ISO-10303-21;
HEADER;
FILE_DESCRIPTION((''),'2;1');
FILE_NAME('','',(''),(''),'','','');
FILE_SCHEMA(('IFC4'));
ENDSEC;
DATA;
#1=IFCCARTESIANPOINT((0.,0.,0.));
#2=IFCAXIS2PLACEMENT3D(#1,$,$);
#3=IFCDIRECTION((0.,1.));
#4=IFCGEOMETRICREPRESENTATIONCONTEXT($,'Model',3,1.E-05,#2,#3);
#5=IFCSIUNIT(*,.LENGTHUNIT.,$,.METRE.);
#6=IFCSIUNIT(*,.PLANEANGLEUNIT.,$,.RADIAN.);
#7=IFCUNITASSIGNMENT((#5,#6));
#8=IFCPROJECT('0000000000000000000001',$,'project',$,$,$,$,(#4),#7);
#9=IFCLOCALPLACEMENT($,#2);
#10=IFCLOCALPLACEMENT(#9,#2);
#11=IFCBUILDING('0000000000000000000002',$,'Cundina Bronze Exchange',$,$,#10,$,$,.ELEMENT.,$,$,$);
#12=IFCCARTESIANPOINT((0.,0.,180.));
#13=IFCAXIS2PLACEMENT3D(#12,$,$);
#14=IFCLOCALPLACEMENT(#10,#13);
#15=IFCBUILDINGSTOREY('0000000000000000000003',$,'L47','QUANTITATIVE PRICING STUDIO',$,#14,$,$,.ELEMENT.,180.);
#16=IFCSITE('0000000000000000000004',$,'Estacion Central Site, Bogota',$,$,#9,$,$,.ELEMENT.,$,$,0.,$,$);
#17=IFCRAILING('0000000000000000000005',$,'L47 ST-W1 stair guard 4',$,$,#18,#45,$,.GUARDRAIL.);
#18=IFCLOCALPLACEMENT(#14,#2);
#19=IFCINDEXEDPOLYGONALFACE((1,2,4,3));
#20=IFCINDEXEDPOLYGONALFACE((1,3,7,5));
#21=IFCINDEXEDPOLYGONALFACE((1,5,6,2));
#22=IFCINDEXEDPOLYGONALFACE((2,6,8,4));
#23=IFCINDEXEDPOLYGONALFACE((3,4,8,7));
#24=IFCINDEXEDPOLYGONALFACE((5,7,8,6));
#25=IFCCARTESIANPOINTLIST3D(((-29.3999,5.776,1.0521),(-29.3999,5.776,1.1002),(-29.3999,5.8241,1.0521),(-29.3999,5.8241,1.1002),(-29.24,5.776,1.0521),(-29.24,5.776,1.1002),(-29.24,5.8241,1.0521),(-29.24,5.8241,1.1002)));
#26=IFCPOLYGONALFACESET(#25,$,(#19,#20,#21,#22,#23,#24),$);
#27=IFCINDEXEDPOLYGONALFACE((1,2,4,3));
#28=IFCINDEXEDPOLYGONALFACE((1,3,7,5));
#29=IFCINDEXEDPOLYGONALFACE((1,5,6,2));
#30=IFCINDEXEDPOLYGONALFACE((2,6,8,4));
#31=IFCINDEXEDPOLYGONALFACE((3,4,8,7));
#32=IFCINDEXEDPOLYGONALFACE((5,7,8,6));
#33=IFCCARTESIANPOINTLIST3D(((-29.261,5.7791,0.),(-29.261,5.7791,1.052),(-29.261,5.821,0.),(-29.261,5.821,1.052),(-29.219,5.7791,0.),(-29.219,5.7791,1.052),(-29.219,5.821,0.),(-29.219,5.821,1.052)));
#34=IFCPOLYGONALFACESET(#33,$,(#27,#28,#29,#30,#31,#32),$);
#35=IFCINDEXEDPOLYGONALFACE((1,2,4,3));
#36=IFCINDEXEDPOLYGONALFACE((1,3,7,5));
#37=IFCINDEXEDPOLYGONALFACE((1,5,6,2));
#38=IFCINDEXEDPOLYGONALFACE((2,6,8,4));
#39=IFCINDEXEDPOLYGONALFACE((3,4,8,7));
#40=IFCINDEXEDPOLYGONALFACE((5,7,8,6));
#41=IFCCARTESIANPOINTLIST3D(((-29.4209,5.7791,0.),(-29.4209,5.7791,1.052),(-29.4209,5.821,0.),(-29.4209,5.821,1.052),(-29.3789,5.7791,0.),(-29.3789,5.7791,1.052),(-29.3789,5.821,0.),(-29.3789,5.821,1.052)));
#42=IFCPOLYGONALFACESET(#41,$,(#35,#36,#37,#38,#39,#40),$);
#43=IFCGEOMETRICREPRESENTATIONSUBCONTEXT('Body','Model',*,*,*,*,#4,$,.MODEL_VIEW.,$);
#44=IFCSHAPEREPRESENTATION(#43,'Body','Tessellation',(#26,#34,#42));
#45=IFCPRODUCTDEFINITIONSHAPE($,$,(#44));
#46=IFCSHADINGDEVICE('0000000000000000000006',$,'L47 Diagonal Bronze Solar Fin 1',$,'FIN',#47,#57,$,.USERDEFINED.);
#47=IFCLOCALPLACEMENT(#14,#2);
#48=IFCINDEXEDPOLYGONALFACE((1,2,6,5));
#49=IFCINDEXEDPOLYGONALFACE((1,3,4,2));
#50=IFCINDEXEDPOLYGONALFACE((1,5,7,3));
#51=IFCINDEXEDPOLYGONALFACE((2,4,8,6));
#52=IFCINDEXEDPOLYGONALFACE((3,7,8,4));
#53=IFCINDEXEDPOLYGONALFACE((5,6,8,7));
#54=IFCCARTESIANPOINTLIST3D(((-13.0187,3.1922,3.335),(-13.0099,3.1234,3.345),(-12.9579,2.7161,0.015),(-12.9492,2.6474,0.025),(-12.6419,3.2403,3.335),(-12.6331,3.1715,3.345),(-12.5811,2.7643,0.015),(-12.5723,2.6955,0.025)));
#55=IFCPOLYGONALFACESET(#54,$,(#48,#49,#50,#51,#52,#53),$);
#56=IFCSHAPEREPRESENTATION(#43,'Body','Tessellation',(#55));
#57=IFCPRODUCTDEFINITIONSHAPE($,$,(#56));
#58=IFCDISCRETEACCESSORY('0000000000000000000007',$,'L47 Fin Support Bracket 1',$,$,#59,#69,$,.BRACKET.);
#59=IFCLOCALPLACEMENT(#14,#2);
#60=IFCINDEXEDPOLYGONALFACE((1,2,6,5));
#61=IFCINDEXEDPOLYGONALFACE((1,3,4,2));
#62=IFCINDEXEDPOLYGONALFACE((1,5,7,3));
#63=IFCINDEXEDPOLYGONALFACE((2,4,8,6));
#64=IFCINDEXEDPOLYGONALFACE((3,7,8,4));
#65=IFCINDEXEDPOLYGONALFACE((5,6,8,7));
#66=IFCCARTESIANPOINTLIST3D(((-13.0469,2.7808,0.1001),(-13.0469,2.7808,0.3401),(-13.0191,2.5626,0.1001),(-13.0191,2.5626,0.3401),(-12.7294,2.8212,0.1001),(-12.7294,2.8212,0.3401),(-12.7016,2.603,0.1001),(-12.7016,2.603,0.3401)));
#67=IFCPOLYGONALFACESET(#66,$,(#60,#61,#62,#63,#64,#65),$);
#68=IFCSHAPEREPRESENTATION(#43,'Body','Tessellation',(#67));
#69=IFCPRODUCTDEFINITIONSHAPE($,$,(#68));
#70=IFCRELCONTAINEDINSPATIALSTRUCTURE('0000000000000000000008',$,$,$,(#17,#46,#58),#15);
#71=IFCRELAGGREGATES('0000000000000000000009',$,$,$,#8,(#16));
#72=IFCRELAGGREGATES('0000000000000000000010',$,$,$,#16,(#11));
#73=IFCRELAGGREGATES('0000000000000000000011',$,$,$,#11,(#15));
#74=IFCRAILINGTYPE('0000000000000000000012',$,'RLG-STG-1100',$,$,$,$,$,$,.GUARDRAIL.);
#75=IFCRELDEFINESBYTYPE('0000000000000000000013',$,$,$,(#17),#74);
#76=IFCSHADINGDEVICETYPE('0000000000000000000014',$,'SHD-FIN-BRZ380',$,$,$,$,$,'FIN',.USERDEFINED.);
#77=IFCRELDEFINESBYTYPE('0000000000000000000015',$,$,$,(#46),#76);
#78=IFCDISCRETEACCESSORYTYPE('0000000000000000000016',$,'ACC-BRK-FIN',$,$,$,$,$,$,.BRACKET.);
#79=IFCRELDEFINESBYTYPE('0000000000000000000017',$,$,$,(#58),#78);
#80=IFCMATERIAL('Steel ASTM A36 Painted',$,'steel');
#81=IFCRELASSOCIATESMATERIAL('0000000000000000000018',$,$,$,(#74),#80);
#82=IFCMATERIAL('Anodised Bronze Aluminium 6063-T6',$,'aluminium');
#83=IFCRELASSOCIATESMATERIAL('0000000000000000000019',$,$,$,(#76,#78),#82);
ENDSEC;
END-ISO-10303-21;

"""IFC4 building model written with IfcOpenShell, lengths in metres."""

from ifc_helpers import new_model, si_unit, direction, frame, origin, origin_2d, place, context, subcontext, project, spatial, rectangle, extrude, material, material_profile, profile_set, type_object, element, save


model = new_model("IFC4")

# Units and contexts
model_context = context("Model", 3, precision=1e-05, world=origin(), true_north=direction((0.0, 1.0)))
body_context = subcontext(model_context, "Body", "Model", "MODEL_VIEW")
ifc_project = project(units=[si_unit("LENGTHUNIT", "METRE"), si_unit("PLANEANGLEUNIT", "RADIAN")], contexts=[model_context])

# Site, building, storey
site_placement = place(None, origin())
site = spatial("IfcSite", under=ifc_project, at=site_placement, Name="Estacion Central Site, Bogota", CompositionType="ELEMENT", RefElevation=0.0)
building_placement = place(site_placement, origin())
building = spatial("IfcBuilding", under=site, at=building_placement, Name="Cundina Bronze Exchange", CompositionType="ELEMENT")
storey_placement = place(building_placement, frame((0.0, 0.0, 180.0)))
storey = spatial("IfcBuildingStorey", under=building, at=storey_placement, Name="L47", Description="QUANTITATIVE PRICING STUDIO", CompositionType="ELEMENT", Elevation=180.0)

# Shared definitions
ifc_material_1 = material(Name="Anodised Bronze Aluminium 6063-T6", Category="aluminium")

# Shared definitions
ifc_material_2 = material(Name="Steel ASTM A36 Painted", Category="steel")

# Railing
railing_type_1 = type_object("IfcRailingType", Name="RLG-STG-1100", PredefinedType="GUARDRAIL", material=ifc_material_2)
railing_1_placement = place(storey_placement, frame((-29.24, 5.8, 0.0)))
element("IfcRailing", 1, at=railing_1_placement, inside=storey, type_object=railing_type_1, Name="L47 ST-W1 stair guard 4", PredefinedType="GUARDRAIL", context=body_context, shape_type="SweptSolid", body=[
    extrude(rectangle(XDim=0.0481, YDim=0.0481, at=origin_2d()), frame((0.0, 0.0, 1.0762), z_axis=(-1.0, 0.0, 0.0), x_axis=(0.0, -1.0, 0.0)), (0.0, 0.0, 1.0), 0.1599),
    extrude(rectangle(XDim=0.042, YDim=0.042, at=origin_2d()), origin(), (0.0, 0.0, 1.0), 1.052),
    extrude(rectangle(XDim=0.042, YDim=0.042, at=origin_2d()), frame((-0.1599, 0.0, 0.0)), (0.0, 0.0, 1.0), 1.052),
])

# Shading device
ifc_material_profile_1 = material_profile(ifc_material_1, rectangle(XDim=0.0701, YDim=0.3799, at=origin_2d()), Name="FIN70X380", Category="aluminium")
ifc_profile_set_1 = profile_set([ifc_material_profile_1], Name="Anodised Bronze Aluminium 6063-T6")
shading_device_type = type_object("IfcShadingDeviceType", Name="SHD-FIN-BRZ380", ElementType="FIN", PredefinedType="USERDEFINED", material=ifc_profile_set_1)
shading_device_placement = place(storey_placement, frame((-12.7651, 2.7058, 0.02), z_axis=(-0.018122, 0.141918, 0.989713), x_axis=(0.125361, -0.981741, 0.14307)))
element("IfcShadingDevice", 2, at=shading_device_placement, inside=storey, type_object=shading_device_type, Name="L47 Diagonal Bronze Solar Fin 1", ObjectType="FIN", PredefinedType="USERDEFINED", context=body_context, shape_type="SweptSolid", body=[
    extrude(rectangle(XDim=0.0701, YDim=0.3799, at=origin_2d()), origin(), (0.0, 0.0, 1.0), 3.3545),
])

# Discrete accessory
discrete_accessory_type = type_object("IfcDiscreteAccessoryType", Name="ACC-BRK-FIN", PredefinedType="BRACKET", material=ifc_material_1)
discrete_accessory_placement = place(storey_placement, frame((-12.8743, 2.6919, 0.1001), z_axis=(0.0, 0.0, 1.0), x_axis=(-0.126476, 0.99197, 0.0)))
element("IfcDiscreteAccessory", 3, at=discrete_accessory_placement, inside=storey, type_object=discrete_accessory_type, Name="L47 Fin Support Bracket 1", PredefinedType="BRACKET", context=body_context, shape_type="SweptSolid", body=[
    extrude(rectangle(XDim=0.22, YDim=0.3201, at=origin_2d()), origin(), (0.0, 0.0, 1.0), 0.24),
])

save(model, "model.ifc")
